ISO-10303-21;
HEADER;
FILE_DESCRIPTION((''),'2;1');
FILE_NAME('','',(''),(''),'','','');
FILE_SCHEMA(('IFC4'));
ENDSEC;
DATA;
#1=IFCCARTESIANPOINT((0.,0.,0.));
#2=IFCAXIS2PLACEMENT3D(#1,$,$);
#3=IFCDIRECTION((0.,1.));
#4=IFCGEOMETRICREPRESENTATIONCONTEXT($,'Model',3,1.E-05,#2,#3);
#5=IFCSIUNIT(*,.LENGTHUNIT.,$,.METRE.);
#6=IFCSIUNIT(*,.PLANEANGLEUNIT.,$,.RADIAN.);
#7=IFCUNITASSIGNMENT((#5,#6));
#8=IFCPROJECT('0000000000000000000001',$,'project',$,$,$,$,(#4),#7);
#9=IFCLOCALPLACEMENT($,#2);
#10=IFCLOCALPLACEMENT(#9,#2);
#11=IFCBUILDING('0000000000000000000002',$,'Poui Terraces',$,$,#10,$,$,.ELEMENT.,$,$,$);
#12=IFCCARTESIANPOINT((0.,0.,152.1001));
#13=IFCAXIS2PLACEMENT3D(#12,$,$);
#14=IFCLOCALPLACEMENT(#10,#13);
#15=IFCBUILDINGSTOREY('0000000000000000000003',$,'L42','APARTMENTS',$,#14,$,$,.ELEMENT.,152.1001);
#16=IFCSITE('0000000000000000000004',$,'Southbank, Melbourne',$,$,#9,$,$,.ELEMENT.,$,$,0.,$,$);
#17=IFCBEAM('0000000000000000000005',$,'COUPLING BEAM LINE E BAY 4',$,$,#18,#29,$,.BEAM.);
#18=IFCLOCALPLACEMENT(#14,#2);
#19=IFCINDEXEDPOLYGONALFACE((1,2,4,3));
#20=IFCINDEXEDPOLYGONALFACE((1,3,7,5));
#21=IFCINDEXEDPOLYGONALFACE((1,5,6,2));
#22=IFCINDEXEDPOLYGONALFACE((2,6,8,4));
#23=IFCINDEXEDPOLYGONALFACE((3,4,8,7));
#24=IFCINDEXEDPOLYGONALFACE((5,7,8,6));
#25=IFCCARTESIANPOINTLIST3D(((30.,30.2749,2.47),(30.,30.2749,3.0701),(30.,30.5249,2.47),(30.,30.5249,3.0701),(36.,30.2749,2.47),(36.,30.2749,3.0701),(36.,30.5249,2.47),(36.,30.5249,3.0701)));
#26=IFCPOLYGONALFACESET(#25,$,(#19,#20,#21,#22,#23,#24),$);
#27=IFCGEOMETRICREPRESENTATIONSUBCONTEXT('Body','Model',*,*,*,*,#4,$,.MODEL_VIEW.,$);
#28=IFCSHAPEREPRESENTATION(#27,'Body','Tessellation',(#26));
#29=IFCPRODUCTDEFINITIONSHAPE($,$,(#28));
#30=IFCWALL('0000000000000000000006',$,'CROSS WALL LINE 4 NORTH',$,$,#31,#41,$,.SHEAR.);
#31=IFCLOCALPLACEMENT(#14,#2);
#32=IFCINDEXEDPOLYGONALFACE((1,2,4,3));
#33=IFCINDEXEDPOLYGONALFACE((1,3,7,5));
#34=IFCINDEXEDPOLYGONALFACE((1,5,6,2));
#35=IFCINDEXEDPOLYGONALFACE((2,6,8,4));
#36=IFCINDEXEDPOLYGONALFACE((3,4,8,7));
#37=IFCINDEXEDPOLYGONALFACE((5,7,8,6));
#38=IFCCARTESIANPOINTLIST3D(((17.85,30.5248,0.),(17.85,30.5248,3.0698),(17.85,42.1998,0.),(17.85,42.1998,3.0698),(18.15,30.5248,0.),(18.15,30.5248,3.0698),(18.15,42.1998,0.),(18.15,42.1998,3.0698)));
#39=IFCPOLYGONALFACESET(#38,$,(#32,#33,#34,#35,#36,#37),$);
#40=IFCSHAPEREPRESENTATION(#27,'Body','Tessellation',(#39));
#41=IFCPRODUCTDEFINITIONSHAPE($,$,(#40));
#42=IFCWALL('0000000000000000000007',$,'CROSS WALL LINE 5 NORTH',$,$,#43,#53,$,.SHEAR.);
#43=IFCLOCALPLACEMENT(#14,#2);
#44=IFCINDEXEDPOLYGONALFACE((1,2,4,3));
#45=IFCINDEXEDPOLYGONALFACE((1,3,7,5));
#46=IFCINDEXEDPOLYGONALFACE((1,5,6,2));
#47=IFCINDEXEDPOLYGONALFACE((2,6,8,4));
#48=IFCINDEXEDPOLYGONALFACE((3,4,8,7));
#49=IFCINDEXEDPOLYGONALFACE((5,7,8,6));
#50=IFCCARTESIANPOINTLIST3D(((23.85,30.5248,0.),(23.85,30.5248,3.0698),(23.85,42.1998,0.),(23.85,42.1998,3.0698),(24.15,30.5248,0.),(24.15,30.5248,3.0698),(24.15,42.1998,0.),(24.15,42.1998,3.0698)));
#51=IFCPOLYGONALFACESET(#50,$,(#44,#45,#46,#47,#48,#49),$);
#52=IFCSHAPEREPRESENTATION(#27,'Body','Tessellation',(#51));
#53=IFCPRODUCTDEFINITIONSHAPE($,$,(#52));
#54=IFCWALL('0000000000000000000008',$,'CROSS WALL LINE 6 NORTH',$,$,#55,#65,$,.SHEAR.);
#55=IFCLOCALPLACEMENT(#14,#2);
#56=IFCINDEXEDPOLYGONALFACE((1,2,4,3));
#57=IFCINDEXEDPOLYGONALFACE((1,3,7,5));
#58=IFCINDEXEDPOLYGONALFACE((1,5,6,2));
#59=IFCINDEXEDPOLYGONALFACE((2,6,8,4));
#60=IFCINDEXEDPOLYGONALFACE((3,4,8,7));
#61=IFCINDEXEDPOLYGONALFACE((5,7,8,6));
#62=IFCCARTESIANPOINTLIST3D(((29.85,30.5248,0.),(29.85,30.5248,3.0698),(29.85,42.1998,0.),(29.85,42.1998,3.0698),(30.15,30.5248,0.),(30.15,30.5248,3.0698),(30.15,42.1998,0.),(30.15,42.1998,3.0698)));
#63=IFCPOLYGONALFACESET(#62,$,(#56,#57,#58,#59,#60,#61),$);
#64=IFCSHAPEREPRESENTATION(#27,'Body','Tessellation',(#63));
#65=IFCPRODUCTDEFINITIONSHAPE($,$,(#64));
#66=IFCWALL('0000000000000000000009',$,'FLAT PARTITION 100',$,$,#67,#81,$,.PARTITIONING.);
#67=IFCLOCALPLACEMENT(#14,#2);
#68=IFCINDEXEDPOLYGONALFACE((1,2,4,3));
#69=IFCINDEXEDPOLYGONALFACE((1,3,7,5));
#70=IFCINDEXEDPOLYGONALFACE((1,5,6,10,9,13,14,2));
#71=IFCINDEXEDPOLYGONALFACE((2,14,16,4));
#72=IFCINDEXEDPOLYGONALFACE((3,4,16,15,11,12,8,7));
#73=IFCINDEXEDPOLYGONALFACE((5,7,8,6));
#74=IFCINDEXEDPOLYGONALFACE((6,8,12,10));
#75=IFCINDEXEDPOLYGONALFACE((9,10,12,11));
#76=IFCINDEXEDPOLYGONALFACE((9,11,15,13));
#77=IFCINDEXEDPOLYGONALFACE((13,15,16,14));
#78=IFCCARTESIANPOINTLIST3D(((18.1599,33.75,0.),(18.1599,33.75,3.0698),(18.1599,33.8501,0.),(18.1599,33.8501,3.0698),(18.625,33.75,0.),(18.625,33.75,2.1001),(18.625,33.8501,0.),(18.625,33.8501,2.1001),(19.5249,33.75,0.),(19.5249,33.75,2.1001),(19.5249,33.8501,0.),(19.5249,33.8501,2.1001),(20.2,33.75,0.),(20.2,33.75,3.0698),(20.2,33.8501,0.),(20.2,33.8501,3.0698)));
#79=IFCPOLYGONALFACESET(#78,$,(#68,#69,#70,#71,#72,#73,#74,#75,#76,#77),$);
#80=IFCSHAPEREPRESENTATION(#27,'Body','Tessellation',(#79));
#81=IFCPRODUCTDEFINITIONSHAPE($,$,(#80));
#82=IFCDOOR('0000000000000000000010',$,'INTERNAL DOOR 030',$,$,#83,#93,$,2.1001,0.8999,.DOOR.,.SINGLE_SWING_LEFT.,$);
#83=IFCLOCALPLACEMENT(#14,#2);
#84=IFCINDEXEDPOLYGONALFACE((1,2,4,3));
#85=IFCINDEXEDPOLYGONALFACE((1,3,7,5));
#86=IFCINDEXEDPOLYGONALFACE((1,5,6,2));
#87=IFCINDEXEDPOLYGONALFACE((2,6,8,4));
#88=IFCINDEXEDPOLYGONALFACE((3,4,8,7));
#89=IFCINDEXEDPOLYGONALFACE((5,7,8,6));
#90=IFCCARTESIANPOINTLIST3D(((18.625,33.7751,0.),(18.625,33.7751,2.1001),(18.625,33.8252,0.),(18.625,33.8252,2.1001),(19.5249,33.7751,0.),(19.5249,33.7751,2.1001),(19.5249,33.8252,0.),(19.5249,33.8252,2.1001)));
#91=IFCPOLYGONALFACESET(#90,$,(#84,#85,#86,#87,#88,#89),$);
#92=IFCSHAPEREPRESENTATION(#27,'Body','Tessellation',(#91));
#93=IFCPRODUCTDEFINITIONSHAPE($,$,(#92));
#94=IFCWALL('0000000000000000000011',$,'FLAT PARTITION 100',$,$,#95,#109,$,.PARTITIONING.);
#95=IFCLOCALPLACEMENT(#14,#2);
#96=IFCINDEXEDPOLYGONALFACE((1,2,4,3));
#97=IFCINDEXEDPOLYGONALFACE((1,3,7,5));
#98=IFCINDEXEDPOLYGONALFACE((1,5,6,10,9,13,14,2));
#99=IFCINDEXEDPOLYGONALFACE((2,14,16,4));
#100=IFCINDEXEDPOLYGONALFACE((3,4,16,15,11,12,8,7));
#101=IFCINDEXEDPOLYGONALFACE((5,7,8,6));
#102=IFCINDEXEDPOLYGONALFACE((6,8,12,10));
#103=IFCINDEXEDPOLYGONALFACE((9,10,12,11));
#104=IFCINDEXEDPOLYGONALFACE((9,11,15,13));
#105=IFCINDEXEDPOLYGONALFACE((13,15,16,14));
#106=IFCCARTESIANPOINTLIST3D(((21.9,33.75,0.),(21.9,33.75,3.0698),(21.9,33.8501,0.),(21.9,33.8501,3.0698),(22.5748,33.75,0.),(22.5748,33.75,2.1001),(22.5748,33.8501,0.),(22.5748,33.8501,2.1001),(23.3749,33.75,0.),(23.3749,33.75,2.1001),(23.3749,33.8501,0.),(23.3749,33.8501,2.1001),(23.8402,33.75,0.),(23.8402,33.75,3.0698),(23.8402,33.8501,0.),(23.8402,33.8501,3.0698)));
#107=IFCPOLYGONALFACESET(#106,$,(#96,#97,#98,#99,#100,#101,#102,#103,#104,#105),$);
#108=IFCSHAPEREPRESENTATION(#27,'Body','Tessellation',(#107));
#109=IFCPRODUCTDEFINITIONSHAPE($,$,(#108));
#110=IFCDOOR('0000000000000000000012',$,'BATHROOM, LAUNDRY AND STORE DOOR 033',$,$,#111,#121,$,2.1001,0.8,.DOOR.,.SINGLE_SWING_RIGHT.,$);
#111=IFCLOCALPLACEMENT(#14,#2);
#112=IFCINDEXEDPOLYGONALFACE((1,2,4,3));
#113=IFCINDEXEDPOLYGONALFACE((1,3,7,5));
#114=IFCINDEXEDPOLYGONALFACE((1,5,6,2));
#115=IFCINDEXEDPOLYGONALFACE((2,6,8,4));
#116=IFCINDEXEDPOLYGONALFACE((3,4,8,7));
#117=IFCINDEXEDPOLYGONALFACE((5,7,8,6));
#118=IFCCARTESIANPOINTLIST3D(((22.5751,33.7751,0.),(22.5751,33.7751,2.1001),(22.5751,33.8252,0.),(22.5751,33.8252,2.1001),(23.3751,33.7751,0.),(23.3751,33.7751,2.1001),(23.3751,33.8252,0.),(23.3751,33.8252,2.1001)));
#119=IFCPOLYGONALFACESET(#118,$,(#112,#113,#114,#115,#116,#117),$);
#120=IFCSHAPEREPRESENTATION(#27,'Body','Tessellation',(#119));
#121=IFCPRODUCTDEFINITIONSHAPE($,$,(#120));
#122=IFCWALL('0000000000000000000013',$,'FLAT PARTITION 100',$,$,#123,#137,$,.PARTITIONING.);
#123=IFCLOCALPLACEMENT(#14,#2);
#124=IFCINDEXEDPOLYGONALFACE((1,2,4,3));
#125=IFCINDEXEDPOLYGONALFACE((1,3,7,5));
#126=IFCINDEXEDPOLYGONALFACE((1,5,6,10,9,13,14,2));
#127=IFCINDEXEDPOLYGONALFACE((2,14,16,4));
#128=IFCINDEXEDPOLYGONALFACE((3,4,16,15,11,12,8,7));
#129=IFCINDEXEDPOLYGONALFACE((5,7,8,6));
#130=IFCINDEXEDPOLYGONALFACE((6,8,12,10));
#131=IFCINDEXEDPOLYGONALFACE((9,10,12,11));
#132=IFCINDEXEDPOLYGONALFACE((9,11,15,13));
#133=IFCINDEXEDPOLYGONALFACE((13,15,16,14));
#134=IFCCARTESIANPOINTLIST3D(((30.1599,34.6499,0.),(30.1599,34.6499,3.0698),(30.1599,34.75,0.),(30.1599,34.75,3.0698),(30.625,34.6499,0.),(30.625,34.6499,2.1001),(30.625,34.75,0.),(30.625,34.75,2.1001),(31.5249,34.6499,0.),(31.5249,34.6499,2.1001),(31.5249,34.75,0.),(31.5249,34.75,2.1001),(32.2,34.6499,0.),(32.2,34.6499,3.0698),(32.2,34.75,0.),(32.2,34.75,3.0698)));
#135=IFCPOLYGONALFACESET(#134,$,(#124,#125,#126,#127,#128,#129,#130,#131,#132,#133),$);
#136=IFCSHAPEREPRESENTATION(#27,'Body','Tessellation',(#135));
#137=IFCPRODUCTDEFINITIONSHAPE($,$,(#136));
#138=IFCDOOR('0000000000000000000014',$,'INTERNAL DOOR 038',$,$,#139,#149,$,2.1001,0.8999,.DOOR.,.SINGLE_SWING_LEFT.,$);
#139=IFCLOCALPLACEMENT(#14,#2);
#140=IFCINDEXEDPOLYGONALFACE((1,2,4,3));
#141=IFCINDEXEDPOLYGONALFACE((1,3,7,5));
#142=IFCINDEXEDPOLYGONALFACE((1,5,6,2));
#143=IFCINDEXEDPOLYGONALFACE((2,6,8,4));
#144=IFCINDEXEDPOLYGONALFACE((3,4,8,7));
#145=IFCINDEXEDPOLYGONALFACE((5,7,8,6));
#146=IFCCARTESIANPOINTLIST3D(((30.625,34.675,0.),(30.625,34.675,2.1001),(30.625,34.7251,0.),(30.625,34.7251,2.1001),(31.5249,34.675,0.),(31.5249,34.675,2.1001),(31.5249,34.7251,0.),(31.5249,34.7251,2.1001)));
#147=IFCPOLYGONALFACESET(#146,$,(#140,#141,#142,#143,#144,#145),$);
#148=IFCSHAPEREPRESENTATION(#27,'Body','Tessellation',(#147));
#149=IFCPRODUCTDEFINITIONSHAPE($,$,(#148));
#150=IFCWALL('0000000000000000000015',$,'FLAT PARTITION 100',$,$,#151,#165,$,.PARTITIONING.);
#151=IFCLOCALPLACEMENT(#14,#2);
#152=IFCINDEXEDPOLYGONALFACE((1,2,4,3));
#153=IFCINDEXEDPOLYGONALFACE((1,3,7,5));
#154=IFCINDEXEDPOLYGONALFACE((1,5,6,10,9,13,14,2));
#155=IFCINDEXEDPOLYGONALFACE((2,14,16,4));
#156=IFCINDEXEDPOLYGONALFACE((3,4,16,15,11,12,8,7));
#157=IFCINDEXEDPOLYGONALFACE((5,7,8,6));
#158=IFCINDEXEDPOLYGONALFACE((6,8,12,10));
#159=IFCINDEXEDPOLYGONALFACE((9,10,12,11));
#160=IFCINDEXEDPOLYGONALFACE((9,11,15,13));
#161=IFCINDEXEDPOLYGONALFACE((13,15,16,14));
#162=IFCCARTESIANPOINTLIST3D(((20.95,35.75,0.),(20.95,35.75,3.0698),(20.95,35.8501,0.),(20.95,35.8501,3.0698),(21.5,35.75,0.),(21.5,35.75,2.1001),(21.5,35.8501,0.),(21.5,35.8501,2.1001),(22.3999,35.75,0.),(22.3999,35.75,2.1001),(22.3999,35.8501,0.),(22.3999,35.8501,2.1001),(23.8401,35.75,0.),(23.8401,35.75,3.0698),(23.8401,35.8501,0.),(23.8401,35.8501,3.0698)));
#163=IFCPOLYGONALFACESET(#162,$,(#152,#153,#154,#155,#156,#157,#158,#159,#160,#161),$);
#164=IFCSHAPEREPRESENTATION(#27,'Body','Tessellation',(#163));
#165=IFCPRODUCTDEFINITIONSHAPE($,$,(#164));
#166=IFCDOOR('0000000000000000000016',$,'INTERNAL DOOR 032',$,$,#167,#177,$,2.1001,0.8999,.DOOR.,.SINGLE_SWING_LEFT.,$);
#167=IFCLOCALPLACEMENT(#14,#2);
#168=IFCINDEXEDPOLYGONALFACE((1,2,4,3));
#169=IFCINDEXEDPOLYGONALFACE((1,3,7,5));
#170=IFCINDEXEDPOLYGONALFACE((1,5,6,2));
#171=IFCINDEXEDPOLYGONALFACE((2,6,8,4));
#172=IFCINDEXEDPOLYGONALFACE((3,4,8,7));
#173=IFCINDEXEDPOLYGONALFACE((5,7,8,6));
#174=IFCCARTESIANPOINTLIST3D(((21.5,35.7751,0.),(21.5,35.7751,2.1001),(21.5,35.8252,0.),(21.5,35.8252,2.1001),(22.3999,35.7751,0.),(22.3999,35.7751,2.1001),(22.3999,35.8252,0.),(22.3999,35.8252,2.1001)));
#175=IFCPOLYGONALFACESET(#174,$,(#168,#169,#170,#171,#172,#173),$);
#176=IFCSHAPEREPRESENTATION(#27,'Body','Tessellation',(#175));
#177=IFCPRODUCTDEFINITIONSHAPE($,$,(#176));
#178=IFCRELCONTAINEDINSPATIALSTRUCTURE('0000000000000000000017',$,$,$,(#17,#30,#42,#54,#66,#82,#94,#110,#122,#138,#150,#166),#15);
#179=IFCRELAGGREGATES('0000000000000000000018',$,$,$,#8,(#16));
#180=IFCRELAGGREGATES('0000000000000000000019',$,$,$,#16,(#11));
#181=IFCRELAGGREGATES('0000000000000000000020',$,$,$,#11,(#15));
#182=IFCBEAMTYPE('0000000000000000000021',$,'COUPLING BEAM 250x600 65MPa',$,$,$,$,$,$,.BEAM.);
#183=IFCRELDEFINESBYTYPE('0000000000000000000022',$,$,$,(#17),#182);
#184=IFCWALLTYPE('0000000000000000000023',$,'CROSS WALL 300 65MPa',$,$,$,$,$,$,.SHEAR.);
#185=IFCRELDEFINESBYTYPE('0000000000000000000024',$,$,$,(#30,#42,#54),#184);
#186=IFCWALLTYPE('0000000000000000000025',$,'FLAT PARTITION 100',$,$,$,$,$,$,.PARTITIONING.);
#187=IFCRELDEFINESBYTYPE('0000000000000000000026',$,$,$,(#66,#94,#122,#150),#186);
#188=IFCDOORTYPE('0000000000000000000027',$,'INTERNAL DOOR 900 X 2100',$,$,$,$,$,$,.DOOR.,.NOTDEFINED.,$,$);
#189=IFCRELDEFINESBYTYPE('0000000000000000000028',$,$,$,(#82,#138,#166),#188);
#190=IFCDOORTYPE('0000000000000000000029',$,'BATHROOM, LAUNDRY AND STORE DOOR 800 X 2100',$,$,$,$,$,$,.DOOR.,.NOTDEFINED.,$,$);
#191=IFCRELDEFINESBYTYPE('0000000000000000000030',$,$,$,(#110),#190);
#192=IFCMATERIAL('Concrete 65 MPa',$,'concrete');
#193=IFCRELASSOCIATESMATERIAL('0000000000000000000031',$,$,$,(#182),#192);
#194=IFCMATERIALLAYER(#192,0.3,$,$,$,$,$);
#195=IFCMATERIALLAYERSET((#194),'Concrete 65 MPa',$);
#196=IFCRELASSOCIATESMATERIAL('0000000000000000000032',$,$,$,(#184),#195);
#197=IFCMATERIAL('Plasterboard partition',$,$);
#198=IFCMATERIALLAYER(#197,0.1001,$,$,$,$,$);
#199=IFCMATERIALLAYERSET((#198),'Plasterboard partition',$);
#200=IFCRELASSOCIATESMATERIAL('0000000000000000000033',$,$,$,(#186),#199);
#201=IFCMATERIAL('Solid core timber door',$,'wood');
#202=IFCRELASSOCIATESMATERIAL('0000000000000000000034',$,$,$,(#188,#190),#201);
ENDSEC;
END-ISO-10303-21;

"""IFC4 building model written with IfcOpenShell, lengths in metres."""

from ifc_helpers import new_model, si_unit, direction, frame, frame_2d, origin, origin_2d, place, context, subcontext, project, spatial, rectangle, extrude, source, transform, mapped, material, layer, layer_set, material_profile, profile_set, type_object, element, fill, save


model = new_model("IFC4")

# Units and contexts
model_context = context("Model", 3, precision=1e-05, world=origin(), true_north=direction((0.0, 1.0)))
body_context = subcontext(model_context, "Body", "Model", "MODEL_VIEW")
ifc_project = project(units=[si_unit("LENGTHUNIT", "METRE"), si_unit("PLANEANGLEUNIT", "RADIAN")], contexts=[model_context])

# Site, building, storey
site_placement = place(None, origin())
site = spatial("IfcSite", under=ifc_project, at=site_placement, Name="Southbank, Melbourne", CompositionType="ELEMENT", RefElevation=0.0)
building_placement = place(site_placement, origin())
building = spatial("IfcBuilding", under=site, at=building_placement, Name="Poui Terraces", CompositionType="ELEMENT")
storey_placement = place(building_placement, frame((0.0, 0.0, 152.1001)))
storey = spatial("IfcBuildingStorey", under=building, at=storey_placement, Name="L42", Description="APARTMENTS", CompositionType="ELEMENT", Elevation=152.1001)

# Beam
ifc_material_1 = material(Name="Concrete 65 MPa", Category="concrete")
ifc_material_profile_1 = material_profile(ifc_material_1, rectangle(XDim=0.25, YDim=0.6001, at=origin_2d()), Name="RC 250x600")
ifc_profile_set_1 = profile_set([ifc_material_profile_1], Name="Concrete 65 MPa")
beam_type = type_object("IfcBeamType", Name="COUPLING BEAM 250x600 65MPa", PredefinedType="BEAM", material=ifc_profile_set_1)
shared_shape_1 = source(origin(), body_context, "Body", "SweptSolid", [
    extrude(rectangle(XDim=0.25, YDim=0.6001, at=origin_2d()), origin(), (0.0, 0.0, 1.0), 6.0),
])
beam_placement = place(storey_placement, frame((30.0, 30.3999, 2.77), z_axis=(1.0, 0.0, 0.0), x_axis=(0.0, 1.0, 0.0)))
element("IfcBeam", 1, at=beam_placement, inside=storey, type_object=beam_type, Name="COUPLING BEAM LINE E BAY 4", PredefinedType="BEAM", context=body_context, shape_type="MappedRepresentation", body=[
    mapped(shared_shape_1, transform((0.0, 0.0, 0.0))),
])

# Walls
ifc_layer_1 = layer(ifc_material_1, 0.3)
ifc_layer_set_1 = layer_set([ifc_layer_1], Name="Concrete 65 MPa")
wall_type_1 = type_object("IfcWallType", Name="CROSS WALL 300 65MPa", PredefinedType="SHEAR", material=ifc_layer_set_1)
for number, where, z_axis, x_axis, name in (
    (2, (18.0, 30.5249, 0.0), (0.0, 0.0, 1.0), (0.0, 1.0, 0.0), "CROSS WALL LINE 4 NORTH"),
    (3, (24.0, 30.5249, 0.0), (0.0, 0.0, 1.0), (0.0, 1.0, 0.0), "CROSS WALL LINE 5 NORTH"),
    (4, (30.0, 30.5249, 0.0), (0.0, 0.0, 1.0), (0.0, 1.0, 0.0), "CROSS WALL LINE 6 NORTH"),
):
    element("IfcWall", number, at=place(storey_placement, frame(where, z_axis=z_axis, x_axis=x_axis)), inside=storey, type_object=wall_type_1, Name=name, PredefinedType="SHEAR", context=body_context, shape_type="SweptSolid", body=[
        extrude(rectangle(XDim=11.675, YDim=0.3, at=frame_2d((5.8374, 0.0))), origin(), (0.0, 0.0, 1.0), 3.0698),
    ])

# Walls, openings, doors
ifc_material_2 = material(Name="Plasterboard partition")
ifc_layer_2 = layer(ifc_material_2, 0.1001)
ifc_layer_set_2 = layer_set([ifc_layer_2], Name="Plasterboard partition")
wall_type_2 = type_object("IfcWallType", Name="FLAT PARTITION 100", PredefinedType="PARTITIONING", material=ifc_layer_set_2)
wall_1_placement = place(storey_placement, frame((18.1599, 33.8, 0.0), z_axis=(0.0, 0.0, 1.0), x_axis=(1.0, 0.0, 0.0)))
wall_1 = element("IfcWall", 5, at=wall_1_placement, inside=storey, type_object=wall_type_2, Name="FLAT PARTITION 100", PredefinedType="PARTITIONING", context=body_context, shape_type="SweptSolid", body=[
    extrude(rectangle(XDim=2.04, YDim=0.1001, at=frame_2d((1.02, 0.0))), origin(), (0.0, 0.0, 1.0), 3.0698),
])
opening_1_placement = place(wall_1_placement, frame((0.4651, 0.0, 0.0)))
opening_1 = element("IfcOpeningElement", 6, at=opening_1_placement, cuts=wall_1, PredefinedType="OPENING", context=body_context, shape_type="SweptSolid", body=[
    extrude(rectangle(XDim=0.8999, YDim=2.1001, at=frame_2d((0.45, 1.05))), frame((0.0, 0.0601, 0.0), z_axis=(0.0, -1.0, 0.0), x_axis=(1.0, 0.0, 0.0)), (0.0, 0.0, 1.0), 0.1201),
])
ifc_material_3 = material(Name="Solid core timber door", Category="wood")
door_type_1 = type_object("IfcDoorType", Name="INTERNAL DOOR 900 X 2100", OperationType="NOTDEFINED", PredefinedType="DOOR", material=ifc_material_3)
door_1_placement = place(opening_1_placement, frame((0.8999, 0.0, 0.0), z_axis=(0.0, 0.0, 1.0), x_axis=(-1.0, 0.0, 0.0)))
door_1 = element("IfcDoor", 7, at=door_1_placement, inside=storey, type_object=door_type_1, Name="INTERNAL DOOR 030", OperationType="SINGLE_SWING_LEFT", OverallHeight=2.1001, OverallWidth=0.8999, PredefinedType="DOOR", context=body_context, shape_type="SweptSolid", body=[
    extrude(rectangle(XDim=0.8999, YDim=2.1001, at=frame_2d((0.45, 1.05))), frame((0.0, 0.0249, 0.0), z_axis=(0.0, -1.0, 0.0), x_axis=(1.0, 0.0, 0.0)), (0.0, 0.0, 1.0), 0.05),
])
fill(opening_1, door_1)
wall_2_placement = place(storey_placement, frame((21.8999, 33.8, 0.0), z_axis=(0.0, 0.0, 1.0), x_axis=(1.0, 0.0, 0.0)))
wall_2 = element("IfcWall", 8, at=wall_2_placement, inside=storey, type_object=wall_type_2, Name="FLAT PARTITION 100", PredefinedType="PARTITIONING", context=body_context, shape_type="SweptSolid", body=[
    extrude(rectangle(XDim=1.9402, YDim=0.1001, at=frame_2d((0.9702, 0.0))), origin(), (0.0, 0.0, 1.0), 3.0698),
])
opening_2_placement = place(wall_2_placement, frame((0.675, 0.0, 0.0)))
opening_2 = element("IfcOpeningElement", 9, at=opening_2_placement, cuts=wall_2, PredefinedType="OPENING", context=body_context, shape_type="SweptSolid", body=[
    extrude(rectangle(XDim=0.8, YDim=2.1001, at=frame_2d((0.3999, 1.05))), frame((0.0, 0.0601, 0.0), z_axis=(0.0, -1.0, 0.0), x_axis=(1.0, 0.0, 0.0)), (0.0, 0.0, 1.0), 0.1201),
])
door_type_2 = type_object("IfcDoorType", Name="BATHROOM, LAUNDRY AND STORE DOOR 800 X 2100", OperationType="NOTDEFINED", PredefinedType="DOOR", material=ifc_material_3)
door_2_placement = place(opening_2_placement, frame((0.8, 0.0, 0.0), z_axis=(0.0, 0.0, 1.0), x_axis=(-1.0, 0.0, 0.0)))
door_2 = element("IfcDoor", 10, at=door_2_placement, inside=storey, type_object=door_type_2, Name="BATHROOM, LAUNDRY AND STORE DOOR 033", OperationType="SINGLE_SWING_RIGHT", OverallHeight=2.1001, OverallWidth=0.8, PredefinedType="DOOR", context=body_context, shape_type="SweptSolid", body=[
    extrude(rectangle(XDim=0.8, YDim=2.1001, at=frame_2d((0.3999, 1.05))), frame((0.0, 0.0249, 0.0), z_axis=(0.0, -1.0, 0.0), x_axis=(1.0, 0.0, 0.0)), (0.0, 0.0, 1.0), 0.05),
])
fill(opening_2, door_2)
wall_3_placement = place(storey_placement, frame((30.1599, 34.7, 0.0), z_axis=(0.0, 0.0, 1.0), x_axis=(1.0, 0.0, 0.0)))
wall_3 = element("IfcWall", 11, at=wall_3_placement, inside=storey, type_object=wall_type_2, Name="FLAT PARTITION 100", PredefinedType="PARTITIONING", context=body_context, shape_type="SweptSolid", body=[
    extrude(rectangle(XDim=2.04, YDim=0.1001, at=frame_2d((1.02, 0.0))), origin(), (0.0, 0.0, 1.0), 3.0698),
])
opening_3_placement = place(wall_3_placement, frame((0.4651, 0.0, 0.0)))
opening_3 = element("IfcOpeningElement", 12, at=opening_3_placement, cuts=wall_3, PredefinedType="OPENING", context=body_context, shape_type="SweptSolid", body=[
    extrude(rectangle(XDim=0.8999, YDim=2.1001, at=frame_2d((0.45, 1.05))), frame((0.0, 0.0601, 0.0), z_axis=(0.0, -1.0, 0.0), x_axis=(1.0, 0.0, 0.0)), (0.0, 0.0, 1.0), 0.1201),
])
door_3_placement = place(opening_3_placement, frame((0.8999, 0.0, 0.0), z_axis=(0.0, 0.0, 1.0), x_axis=(-1.0, 0.0, 0.0)))
door_3 = element("IfcDoor", 13, at=door_3_placement, inside=storey, type_object=door_type_1, Name="INTERNAL DOOR 038", OperationType="SINGLE_SWING_LEFT", OverallHeight=2.1001, OverallWidth=0.8999, PredefinedType="DOOR", context=body_context, shape_type="SweptSolid", body=[
    extrude(rectangle(XDim=0.8999, YDim=2.1001, at=frame_2d((0.45, 1.05))), frame((0.0, 0.0249, 0.0), z_axis=(0.0, -1.0, 0.0), x_axis=(1.0, 0.0, 0.0)), (0.0, 0.0, 1.0), 0.05),
])
fill(opening_3, door_3)
wall_4_placement = place(storey_placement, frame((20.95, 35.8, 0.0), z_axis=(0.0, 0.0, 1.0), x_axis=(1.0, 0.0, 0.0)))
wall_4 = element("IfcWall", 14, at=wall_4_placement, inside=storey, type_object=wall_type_2, Name="FLAT PARTITION 100", PredefinedType="PARTITIONING", context=body_context, shape_type="SweptSolid", body=[
    extrude(rectangle(XDim=2.8901, YDim=0.1001, at=frame_2d((1.4451, 0.0))), origin(), (0.0, 0.0, 1.0), 3.0698),
])
opening_4_placement = place(wall_4_placement, frame((0.55, 0.0, 0.0)))
opening_4 = element("IfcOpeningElement", 15, at=opening_4_placement, cuts=wall_4, PredefinedType="OPENING", context=body_context, shape_type="SweptSolid", body=[
    extrude(rectangle(XDim=0.8999, YDim=2.1001, at=frame_2d((0.45, 1.05))), frame((0.0, 0.0601, 0.0), z_axis=(0.0, -1.0, 0.0), x_axis=(1.0, 0.0, 0.0)), (0.0, 0.0, 1.0), 0.1201),
])
door_4_placement = place(opening_4_placement, frame((0.8999, 0.0, 0.0), z_axis=(0.0, 0.0, 1.0), x_axis=(-1.0, 0.0, 0.0)))
door_4 = element("IfcDoor", 16, at=door_4_placement, inside=storey, type_object=door_type_1, Name="INTERNAL DOOR 032", OperationType="SINGLE_SWING_LEFT", OverallHeight=2.1001, OverallWidth=0.8999, PredefinedType="DOOR", context=body_context, shape_type="SweptSolid", body=[
    extrude(rectangle(XDim=0.8999, YDim=2.1001, at=frame_2d((0.45, 1.05))), frame((0.0, 0.0249, 0.0), z_axis=(0.0, -1.0, 0.0), x_axis=(1.0, 0.0, 0.0)), (0.0, 0.0, 1.0), 0.05),
])
fill(opening_4, door_4)

save(model, "model.ifc")
